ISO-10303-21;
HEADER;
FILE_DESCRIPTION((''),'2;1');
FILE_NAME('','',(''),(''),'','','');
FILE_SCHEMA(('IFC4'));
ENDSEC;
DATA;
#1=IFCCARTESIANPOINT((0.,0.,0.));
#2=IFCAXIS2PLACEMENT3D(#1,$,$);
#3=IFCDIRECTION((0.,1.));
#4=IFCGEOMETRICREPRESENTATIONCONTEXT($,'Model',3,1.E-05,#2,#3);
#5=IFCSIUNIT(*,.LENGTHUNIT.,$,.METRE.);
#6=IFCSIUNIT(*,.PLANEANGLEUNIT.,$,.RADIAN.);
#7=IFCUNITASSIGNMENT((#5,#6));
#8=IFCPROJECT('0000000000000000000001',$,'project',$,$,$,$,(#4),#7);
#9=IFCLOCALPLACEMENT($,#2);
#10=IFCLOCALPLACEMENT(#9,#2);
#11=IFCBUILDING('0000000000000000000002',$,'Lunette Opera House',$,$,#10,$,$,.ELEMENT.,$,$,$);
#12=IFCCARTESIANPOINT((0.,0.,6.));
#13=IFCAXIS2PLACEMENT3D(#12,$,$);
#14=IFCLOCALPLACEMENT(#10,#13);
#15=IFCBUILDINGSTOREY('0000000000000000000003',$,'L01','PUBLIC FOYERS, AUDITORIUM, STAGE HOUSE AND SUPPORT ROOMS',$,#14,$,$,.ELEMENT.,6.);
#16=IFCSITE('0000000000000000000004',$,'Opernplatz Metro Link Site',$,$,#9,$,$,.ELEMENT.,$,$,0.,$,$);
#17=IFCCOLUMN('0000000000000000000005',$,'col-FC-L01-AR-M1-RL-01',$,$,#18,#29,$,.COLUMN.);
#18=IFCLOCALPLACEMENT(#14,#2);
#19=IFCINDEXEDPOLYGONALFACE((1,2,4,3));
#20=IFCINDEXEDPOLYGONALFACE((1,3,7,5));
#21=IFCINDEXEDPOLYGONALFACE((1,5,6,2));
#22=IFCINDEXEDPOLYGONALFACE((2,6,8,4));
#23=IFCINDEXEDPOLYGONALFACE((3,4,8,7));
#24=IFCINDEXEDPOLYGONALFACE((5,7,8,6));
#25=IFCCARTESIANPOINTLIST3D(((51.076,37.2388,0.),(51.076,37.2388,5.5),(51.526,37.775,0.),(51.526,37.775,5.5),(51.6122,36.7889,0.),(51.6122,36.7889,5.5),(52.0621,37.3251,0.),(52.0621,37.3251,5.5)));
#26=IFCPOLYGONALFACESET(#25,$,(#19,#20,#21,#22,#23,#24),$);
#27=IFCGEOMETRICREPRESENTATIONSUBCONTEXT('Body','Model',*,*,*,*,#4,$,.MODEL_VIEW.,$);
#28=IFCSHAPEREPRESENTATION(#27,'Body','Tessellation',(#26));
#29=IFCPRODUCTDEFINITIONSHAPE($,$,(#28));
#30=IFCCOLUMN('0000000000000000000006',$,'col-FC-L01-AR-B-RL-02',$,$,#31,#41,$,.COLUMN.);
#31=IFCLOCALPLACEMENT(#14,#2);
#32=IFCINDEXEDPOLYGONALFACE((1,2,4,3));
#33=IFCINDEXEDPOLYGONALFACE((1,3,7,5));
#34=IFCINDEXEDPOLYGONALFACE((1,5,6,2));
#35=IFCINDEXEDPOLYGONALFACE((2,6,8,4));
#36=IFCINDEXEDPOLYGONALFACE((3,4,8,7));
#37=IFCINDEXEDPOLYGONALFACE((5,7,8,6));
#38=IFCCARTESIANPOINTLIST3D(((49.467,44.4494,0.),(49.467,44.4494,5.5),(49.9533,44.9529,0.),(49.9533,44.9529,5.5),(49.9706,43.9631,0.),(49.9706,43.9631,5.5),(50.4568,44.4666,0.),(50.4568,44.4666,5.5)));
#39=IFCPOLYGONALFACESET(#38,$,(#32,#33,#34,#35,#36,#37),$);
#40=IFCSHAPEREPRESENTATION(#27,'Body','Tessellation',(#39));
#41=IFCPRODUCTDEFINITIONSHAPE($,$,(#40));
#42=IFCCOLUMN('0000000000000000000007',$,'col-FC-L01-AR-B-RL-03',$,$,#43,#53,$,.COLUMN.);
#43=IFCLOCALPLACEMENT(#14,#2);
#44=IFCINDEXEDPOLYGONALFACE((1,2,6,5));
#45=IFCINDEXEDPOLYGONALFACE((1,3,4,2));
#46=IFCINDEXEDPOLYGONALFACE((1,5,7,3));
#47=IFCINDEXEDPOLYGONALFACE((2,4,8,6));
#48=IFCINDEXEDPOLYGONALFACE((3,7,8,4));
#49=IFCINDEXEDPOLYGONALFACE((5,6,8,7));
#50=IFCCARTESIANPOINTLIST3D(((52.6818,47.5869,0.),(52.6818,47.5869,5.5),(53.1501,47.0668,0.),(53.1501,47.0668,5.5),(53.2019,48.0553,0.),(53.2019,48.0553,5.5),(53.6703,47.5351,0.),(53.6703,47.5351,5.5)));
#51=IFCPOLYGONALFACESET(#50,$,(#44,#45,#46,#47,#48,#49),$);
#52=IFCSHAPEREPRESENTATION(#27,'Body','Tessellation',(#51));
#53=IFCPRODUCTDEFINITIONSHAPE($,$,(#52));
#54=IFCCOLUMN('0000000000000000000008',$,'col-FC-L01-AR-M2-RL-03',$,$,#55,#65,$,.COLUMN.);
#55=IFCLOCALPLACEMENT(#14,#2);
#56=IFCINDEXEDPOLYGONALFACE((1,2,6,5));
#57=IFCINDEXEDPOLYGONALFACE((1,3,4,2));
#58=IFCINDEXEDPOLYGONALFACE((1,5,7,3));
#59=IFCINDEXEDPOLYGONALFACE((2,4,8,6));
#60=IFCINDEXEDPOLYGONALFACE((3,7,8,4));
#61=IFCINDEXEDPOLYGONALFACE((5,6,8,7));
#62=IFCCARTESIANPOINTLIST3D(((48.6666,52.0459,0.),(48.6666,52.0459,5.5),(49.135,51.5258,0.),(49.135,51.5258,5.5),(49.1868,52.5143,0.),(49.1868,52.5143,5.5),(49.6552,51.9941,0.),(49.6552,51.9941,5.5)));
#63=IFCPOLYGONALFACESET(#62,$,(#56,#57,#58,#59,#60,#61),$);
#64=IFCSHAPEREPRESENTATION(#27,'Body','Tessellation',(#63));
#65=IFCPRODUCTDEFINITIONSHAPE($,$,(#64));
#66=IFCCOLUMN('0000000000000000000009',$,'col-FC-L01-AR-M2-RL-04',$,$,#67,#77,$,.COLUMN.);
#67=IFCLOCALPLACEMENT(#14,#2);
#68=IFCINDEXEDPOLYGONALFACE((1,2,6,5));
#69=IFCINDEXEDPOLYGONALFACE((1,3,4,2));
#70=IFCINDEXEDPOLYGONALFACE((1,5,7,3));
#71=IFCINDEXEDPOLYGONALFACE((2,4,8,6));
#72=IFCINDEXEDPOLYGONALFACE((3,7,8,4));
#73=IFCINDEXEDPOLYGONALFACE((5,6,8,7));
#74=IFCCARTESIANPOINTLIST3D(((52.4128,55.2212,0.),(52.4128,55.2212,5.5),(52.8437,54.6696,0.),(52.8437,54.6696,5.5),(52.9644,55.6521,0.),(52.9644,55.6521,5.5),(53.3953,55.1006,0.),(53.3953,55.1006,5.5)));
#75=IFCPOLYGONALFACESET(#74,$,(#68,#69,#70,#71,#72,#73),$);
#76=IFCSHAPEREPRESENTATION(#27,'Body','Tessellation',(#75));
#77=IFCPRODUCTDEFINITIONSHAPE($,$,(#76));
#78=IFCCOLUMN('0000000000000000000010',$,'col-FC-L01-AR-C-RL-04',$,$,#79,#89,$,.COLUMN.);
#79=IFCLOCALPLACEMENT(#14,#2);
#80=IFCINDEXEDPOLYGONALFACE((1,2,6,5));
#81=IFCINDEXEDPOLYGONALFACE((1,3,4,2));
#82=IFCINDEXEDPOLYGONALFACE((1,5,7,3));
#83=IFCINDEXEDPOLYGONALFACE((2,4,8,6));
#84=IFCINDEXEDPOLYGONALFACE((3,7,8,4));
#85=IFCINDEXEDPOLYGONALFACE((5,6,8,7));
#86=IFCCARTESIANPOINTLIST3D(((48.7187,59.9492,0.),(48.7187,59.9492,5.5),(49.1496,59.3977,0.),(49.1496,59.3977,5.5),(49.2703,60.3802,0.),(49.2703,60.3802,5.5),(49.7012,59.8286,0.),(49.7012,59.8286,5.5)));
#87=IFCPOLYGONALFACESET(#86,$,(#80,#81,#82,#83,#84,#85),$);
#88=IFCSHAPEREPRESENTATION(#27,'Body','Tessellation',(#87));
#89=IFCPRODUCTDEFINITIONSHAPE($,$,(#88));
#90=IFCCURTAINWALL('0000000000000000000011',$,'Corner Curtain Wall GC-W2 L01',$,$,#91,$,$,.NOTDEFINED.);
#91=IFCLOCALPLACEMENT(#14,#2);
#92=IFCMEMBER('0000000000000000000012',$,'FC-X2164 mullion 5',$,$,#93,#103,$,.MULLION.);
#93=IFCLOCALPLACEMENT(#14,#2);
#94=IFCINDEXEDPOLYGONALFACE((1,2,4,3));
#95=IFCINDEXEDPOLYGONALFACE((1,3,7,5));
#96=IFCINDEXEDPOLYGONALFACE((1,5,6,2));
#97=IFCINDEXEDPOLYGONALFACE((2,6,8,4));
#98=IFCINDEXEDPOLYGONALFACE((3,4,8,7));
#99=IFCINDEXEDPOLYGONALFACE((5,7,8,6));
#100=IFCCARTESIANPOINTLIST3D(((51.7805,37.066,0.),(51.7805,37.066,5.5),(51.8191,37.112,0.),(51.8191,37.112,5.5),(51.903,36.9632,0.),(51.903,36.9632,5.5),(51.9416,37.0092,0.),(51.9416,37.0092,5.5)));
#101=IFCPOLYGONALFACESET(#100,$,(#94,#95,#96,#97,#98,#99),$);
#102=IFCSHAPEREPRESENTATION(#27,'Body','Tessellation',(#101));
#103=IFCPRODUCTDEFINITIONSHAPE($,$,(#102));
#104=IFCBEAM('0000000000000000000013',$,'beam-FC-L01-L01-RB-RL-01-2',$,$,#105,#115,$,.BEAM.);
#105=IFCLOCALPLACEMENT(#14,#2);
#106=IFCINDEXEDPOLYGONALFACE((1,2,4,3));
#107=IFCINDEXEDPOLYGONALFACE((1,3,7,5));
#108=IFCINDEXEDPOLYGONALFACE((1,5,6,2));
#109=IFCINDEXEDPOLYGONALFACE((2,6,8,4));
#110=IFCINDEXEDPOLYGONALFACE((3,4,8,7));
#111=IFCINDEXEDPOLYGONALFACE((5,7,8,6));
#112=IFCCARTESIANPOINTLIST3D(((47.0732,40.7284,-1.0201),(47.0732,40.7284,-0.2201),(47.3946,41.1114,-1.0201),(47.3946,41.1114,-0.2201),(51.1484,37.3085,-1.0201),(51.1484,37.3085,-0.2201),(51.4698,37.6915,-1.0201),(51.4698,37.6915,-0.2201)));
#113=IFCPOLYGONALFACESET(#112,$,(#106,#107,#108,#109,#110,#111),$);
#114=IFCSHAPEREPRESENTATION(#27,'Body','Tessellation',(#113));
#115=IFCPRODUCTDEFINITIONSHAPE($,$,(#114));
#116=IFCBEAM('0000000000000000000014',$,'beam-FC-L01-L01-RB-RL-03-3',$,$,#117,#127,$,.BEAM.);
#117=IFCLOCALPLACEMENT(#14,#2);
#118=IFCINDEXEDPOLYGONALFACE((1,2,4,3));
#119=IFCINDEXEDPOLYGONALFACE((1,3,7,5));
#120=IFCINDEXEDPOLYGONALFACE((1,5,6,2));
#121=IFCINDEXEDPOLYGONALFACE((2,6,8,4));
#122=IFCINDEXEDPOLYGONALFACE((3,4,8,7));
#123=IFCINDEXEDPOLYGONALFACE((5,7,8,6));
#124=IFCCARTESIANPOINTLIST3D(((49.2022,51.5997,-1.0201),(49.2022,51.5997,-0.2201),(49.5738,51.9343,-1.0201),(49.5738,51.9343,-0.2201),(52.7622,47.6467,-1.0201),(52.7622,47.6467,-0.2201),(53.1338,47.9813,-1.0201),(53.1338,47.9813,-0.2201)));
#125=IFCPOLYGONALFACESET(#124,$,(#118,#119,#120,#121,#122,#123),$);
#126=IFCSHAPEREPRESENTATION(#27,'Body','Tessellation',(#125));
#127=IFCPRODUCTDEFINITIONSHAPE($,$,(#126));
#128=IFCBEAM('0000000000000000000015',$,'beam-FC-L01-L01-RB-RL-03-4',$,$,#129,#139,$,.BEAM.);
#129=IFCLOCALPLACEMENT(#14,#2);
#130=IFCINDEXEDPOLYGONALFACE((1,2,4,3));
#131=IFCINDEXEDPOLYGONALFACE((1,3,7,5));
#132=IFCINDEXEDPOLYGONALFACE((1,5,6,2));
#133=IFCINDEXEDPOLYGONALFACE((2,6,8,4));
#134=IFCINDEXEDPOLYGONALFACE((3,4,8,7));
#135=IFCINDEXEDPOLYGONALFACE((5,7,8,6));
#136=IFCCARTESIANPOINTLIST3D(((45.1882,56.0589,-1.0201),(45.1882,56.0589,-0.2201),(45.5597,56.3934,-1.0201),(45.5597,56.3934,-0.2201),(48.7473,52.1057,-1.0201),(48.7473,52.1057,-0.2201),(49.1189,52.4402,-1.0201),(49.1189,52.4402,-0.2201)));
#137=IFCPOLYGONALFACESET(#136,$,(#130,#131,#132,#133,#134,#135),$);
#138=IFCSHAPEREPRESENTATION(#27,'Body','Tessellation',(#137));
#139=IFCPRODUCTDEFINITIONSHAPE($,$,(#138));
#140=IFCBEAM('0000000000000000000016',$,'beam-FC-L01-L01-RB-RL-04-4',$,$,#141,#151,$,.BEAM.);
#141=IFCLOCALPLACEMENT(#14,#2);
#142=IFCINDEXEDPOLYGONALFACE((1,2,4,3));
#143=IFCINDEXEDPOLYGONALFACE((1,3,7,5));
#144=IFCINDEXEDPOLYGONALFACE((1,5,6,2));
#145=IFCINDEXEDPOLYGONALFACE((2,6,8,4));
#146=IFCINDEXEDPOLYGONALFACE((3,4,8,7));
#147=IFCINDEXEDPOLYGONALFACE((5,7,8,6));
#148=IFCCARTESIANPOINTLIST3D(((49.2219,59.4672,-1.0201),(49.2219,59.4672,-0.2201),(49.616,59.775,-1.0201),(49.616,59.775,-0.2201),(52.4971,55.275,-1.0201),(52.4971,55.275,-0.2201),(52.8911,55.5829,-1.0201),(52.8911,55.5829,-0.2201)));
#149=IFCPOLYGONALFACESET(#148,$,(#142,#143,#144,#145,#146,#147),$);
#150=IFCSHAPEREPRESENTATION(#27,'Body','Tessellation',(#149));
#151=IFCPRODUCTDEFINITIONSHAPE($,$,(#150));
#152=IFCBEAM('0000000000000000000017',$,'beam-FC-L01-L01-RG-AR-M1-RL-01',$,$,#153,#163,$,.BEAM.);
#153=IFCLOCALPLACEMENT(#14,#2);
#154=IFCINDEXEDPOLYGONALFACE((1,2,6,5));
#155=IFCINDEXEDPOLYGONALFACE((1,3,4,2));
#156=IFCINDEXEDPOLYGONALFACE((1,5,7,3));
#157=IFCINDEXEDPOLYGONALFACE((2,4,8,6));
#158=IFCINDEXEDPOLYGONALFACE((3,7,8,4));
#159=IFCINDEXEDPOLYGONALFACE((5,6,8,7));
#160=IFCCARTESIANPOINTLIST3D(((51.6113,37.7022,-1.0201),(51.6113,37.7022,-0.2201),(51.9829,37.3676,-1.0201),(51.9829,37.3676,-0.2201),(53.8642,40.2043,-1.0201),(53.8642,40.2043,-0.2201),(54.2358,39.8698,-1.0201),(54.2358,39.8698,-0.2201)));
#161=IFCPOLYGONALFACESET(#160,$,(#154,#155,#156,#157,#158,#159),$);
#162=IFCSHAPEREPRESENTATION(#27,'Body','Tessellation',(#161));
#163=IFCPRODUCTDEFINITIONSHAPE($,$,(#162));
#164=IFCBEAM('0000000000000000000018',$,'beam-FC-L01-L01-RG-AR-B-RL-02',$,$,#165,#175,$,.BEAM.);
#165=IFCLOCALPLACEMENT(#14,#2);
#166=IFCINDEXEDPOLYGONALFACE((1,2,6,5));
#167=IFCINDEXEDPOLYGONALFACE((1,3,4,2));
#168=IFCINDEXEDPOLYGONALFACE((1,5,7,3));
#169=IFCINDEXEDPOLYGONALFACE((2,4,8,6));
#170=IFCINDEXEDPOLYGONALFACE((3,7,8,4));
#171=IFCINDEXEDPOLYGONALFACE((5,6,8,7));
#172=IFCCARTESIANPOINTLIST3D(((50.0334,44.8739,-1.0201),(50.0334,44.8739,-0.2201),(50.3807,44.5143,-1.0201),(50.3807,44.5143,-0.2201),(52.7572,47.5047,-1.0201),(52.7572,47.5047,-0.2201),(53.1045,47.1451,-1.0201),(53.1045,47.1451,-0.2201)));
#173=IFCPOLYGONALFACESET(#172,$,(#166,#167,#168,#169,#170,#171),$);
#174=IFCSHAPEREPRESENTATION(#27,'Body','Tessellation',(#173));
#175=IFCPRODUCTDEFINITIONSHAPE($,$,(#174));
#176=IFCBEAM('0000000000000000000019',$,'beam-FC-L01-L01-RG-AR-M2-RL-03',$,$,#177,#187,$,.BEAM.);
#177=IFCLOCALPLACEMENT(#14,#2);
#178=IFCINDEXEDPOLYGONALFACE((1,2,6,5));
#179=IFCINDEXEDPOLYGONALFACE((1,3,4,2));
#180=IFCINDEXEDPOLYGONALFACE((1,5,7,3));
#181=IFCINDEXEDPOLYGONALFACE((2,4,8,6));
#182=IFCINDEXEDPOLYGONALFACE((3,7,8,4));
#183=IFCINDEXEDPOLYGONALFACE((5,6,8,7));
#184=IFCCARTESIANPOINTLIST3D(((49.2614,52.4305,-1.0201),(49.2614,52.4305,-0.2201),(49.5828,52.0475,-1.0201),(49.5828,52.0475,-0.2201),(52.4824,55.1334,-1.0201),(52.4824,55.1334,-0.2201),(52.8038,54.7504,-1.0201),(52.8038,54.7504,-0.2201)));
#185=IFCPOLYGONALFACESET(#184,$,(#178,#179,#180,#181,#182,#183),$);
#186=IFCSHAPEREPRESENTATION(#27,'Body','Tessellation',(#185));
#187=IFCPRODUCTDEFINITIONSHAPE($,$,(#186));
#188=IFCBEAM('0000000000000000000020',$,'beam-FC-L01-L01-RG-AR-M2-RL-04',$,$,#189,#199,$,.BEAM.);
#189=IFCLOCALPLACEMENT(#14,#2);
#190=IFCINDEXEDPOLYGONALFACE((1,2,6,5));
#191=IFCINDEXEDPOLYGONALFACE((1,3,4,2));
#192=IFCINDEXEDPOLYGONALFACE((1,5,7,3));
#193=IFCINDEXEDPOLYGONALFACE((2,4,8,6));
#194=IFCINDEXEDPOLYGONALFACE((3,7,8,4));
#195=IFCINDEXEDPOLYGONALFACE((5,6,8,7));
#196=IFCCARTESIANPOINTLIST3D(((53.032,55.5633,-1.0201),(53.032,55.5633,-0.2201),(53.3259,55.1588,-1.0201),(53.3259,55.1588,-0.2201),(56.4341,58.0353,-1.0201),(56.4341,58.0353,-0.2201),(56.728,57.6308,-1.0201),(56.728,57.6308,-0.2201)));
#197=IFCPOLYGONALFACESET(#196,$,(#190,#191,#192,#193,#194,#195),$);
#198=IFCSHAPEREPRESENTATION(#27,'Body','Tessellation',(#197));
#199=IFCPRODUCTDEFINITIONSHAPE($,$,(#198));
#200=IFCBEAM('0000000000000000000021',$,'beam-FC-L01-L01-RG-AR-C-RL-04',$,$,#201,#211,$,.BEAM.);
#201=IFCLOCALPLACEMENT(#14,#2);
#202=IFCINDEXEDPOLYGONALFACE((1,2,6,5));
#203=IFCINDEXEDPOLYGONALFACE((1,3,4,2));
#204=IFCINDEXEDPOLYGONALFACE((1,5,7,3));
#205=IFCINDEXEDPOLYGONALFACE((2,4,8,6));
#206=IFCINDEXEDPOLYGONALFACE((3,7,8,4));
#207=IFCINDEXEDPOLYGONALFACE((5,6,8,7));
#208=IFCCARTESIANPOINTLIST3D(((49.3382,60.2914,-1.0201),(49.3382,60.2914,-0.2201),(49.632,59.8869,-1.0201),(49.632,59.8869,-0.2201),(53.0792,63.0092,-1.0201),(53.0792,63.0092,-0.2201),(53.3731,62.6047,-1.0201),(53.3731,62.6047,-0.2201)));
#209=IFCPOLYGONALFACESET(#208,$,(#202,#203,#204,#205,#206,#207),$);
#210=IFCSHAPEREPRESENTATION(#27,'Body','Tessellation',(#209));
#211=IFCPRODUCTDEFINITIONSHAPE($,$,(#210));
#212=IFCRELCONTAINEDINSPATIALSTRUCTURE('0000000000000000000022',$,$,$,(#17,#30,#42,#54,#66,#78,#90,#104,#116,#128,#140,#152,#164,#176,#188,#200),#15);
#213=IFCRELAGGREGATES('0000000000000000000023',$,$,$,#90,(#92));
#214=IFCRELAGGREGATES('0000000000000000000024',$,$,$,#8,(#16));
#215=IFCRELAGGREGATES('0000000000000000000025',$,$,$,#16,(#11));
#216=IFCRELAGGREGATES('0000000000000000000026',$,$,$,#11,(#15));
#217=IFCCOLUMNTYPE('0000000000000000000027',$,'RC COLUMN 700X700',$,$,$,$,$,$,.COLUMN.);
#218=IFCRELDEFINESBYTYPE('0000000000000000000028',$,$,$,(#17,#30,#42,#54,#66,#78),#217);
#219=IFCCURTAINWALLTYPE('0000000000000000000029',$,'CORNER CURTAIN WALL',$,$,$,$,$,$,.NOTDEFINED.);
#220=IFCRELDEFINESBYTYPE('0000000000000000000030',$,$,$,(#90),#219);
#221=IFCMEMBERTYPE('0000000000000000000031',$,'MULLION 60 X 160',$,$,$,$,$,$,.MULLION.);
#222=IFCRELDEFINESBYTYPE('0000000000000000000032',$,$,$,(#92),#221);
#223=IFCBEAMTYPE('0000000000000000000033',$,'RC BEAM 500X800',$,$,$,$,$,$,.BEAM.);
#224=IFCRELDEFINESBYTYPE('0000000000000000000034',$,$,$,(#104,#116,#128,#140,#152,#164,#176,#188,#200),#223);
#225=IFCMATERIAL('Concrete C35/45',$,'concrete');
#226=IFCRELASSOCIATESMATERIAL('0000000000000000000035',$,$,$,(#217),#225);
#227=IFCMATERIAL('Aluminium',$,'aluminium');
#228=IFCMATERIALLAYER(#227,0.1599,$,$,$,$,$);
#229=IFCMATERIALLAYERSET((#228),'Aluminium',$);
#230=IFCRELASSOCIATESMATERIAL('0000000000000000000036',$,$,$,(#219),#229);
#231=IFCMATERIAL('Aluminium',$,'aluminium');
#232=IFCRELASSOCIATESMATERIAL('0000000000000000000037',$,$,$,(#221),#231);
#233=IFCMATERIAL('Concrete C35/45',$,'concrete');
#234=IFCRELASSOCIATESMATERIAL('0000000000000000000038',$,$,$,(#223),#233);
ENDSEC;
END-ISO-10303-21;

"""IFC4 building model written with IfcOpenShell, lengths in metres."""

from ifc_helpers import new_model, si_unit, direction, frame, origin, origin_2d, place, context, subcontext, project, spatial, rectangle, extrude, material, layer, layer_set, material_profile, profile_set, type_object, element, aggregate, save


model = new_model("IFC4")

# Units and contexts
model_context = context("Model", 3, precision=1e-05, world=origin(), true_north=direction((0.0, 1.0)))
body_context = subcontext(model_context, "Body", "Model", "MODEL_VIEW")
ifc_project = project(units=[si_unit("LENGTHUNIT", "METRE"), si_unit("PLANEANGLEUNIT", "RADIAN")], contexts=[model_context])

# Site, building, storey
site_placement = place(None, origin())
site = spatial("IfcSite", under=ifc_project, at=site_placement, Name="Opernplatz Metro Link Site", CompositionType="ELEMENT", RefElevation=0.0)
building_placement = place(site_placement, origin())
building = spatial("IfcBuilding", under=site, at=building_placement, Name="Lunette Opera House", CompositionType="ELEMENT")
storey_placement = place(building_placement, frame((0.0, 0.0, 6.0)))
storey = spatial("IfcBuildingStorey", under=building, at=storey_placement, Name="L01", Description="PUBLIC FOYERS, AUDITORIUM, STAGE HOUSE AND SUPPORT ROOMS", CompositionType="ELEMENT", Elevation=6.0)

# Columns
ifc_material_1 = material(Name="Concrete C35/45", Category="concrete")
ifc_material_profile_1 = material_profile(ifc_material_1, rectangle(XDim=0.7, YDim=0.7, at=origin_2d()), Name="RC COLUMN 700X700")
ifc_profile_set_1 = profile_set([ifc_material_profile_1], Name="Concrete C35/45")
column_type = type_object("IfcColumnType", Name="RC COLUMN 700X700", PredefinedType="COLUMN", material=ifc_profile_set_1)
for number, where, z_axis, x_axis, name in (
    (1, (51.5691, 37.282, 0.0), (0.0, 0.0, 1.0), (0.642788, 0.766044, 0.0), "col-FC-L01-AR-M1-RL-01"),
    (2, (49.9619, 44.458, 0.0), (0.0, 0.0, 1.0), (0.694658, 0.71934, 0.0), "col-FC-L01-AR-B-RL-02"),
    (3, (53.176, 47.561, 0.0), (0.0, 0.0, 1.0), (0.743145, 0.669131, 0.0), "col-FC-L01-AR-B-RL-03"),
    (4, (49.1609, 52.02, 0.0), (0.0, 0.0, 1.0), (0.743145, 0.669131, 0.0), "col-FC-L01-AR-M2-RL-03"),
    (5, (52.9041, 55.1609, 0.0), (0.0, 0.0, 1.0), (0.788011, 0.615661, 0.0), "col-FC-L01-AR-M2-RL-04"),
    (6, (49.21, 59.8889, 0.0), (0.0, 0.0, 1.0), (0.788011, 0.615661, 0.0), "col-FC-L01-AR-C-RL-04"),
):
    element("IfcColumn", number, at=place(storey_placement, frame(where, z_axis=z_axis, x_axis=x_axis)), inside=storey, type_object=column_type, Name=name, PredefinedType="COLUMN", context=body_context, shape_type="SweptSolid", body=[
        extrude(rectangle(XDim=0.7, YDim=0.7, at=origin_2d()), origin(), (0.0, 0.0, 1.0), 5.5),
    ])

# Curtain wall, member
ifc_material_2 = material(Name="Aluminium", Category="aluminium")
ifc_layer_1 = layer(ifc_material_2, 0.1599)
ifc_layer_set_1 = layer_set([ifc_layer_1], Name="Aluminium")
curtain_wall_type = type_object("IfcCurtainWallType", Name="CORNER CURTAIN WALL", PredefinedType="NOTDEFINED", material=ifc_layer_set_1)
curtain_wall_placement = place(storey_placement, origin())
curtain_wall = element("IfcCurtainWall", 7, at=curtain_wall_placement, inside=storey, type_object=curtain_wall_type, Name="Corner Curtain Wall GC-W2 L01", PredefinedType="NOTDEFINED")
ifc_material_3 = material(Name="Aluminium", Category="aluminium")
ifc_material_profile_2 = material_profile(ifc_material_3, rectangle(XDim=0.0601, YDim=0.1599, at=origin_2d()), Name="MULLION 60 X 160")
ifc_profile_set_2 = profile_set([ifc_material_profile_2], Name="Aluminium")
member_type = type_object("IfcMemberType", Name="MULLION 60 X 160", PredefinedType="MULLION", material=ifc_profile_set_2)
member_placement = place(storey_placement, frame((51.8611, 37.0376, 0.0), z_axis=(0.0, 0.0, 1.0), x_axis=(-0.642828, -0.76601, 0.0)))
member = element("IfcMember", 8, at=member_placement, type_object=member_type, Name="FC-X2164 mullion 5", PredefinedType="MULLION", context=body_context, shape_type="SweptSolid", body=[
    extrude(rectangle(XDim=0.0601, YDim=0.1599, at=origin_2d()), origin(), (0.0, 0.0, 1.0), 5.5),
])
aggregate(curtain_wall, [member])

# Beams
ifc_material_4 = material(Name="Concrete C35/45", Category="concrete")
ifc_material_profile_3 = material_profile(ifc_material_4, rectangle(XDim=0.5, YDim=0.8, at=origin_2d()), Name="RC BEAM 500X800")
ifc_profile_set_3 = profile_set([ifc_material_profile_3], Name="Concrete C35/45")
beam_type = type_object("IfcBeamType", Name="RC BEAM 500X800", PredefinedType="BEAM", material=ifc_profile_set_3)
beam_1_placement = place(storey_placement, frame((51.3091, 37.5, -0.6201), z_axis=(-0.766005, 0.642835, 0.0), x_axis=(-0.642835, -0.766005, 0.0)))
element("IfcBeam", 9, at=beam_1_placement, inside=storey, type_object=beam_type, Name="beam-FC-L01-L01-RB-RL-01-2", PredefinedType="BEAM", context=body_context, shape_type="SweptSolid", body=[
    extrude(rectangle(XDim=0.5, YDim=0.8, at=origin_2d()), origin(), (0.0, 0.0, 1.0), 5.3201),
])
beam_2_placement = place(storey_placement, frame((52.948, 47.814, -0.6201), z_axis=(-0.669198, 0.743084, 0.0), x_axis=(-0.743084, -0.669198, 0.0)))
element("IfcBeam", 10, at=beam_2_placement, inside=storey, type_object=beam_type, Name="beam-FC-L01-L01-RB-RL-03-3", PredefinedType="BEAM", context=body_context, shape_type="SweptSolid", body=[
    extrude(rectangle(XDim=0.5, YDim=0.8, at=origin_2d()), origin(), (0.0, 0.0, 1.0), 5.3198),
])
beam_3_placement = place(storey_placement, frame((48.9331, 52.2729, -0.6201), z_axis=(-0.669097, 0.743175, 0.0), x_axis=(-0.743175, -0.669097, 0.0)))
element("IfcBeam", 11, at=beam_3_placement, inside=storey, type_object=beam_type, Name="beam-FC-L01-L01-RB-RL-03-4", PredefinedType="BEAM", context=body_context, shape_type="SweptSolid", body=[
    extrude(rectangle(XDim=0.5, YDim=0.8, at=origin_2d()), origin(), (0.0, 0.0, 1.0), 5.3193),
])
beam_4_placement = place(storey_placement, frame((52.6941, 55.429, -0.6201), z_axis=(-0.615648, 0.788021, 0.0), x_axis=(-0.788021, -0.615648, 0.0)))
element("IfcBeam", 12, at=beam_4_placement, inside=storey, type_object=beam_type, Name="beam-FC-L01-L01-RB-RL-04-4", PredefinedType="BEAM", context=body_context, shape_type="SweptSolid", body=[
    extrude(rectangle(XDim=0.5, YDim=0.8, at=origin_2d()), origin(), (0.0, 0.0, 1.0), 5.3198),
])
beam_5_placement = place(storey_placement, frame((51.7971, 37.5349, -0.6201), z_axis=(0.669121, 0.743154, 0.0), x_axis=(-0.743154, 0.669121, 0.0)))
element("IfcBeam", 13, at=beam_5_placement, inside=storey, type_object=beam_type, Name="beam-FC-L01-L01-RG-AR-M1-RL-01", PredefinedType="BEAM", context=body_context, shape_type="SweptSolid", body=[
    extrude(rectangle(XDim=0.5, YDim=0.8, at=origin_2d()), origin(), (0.0, 0.0, 1.0), 3.3669),
])
beam_6_placement = place(storey_placement, frame((50.207, 44.6941, -0.6201), z_axis=(0.719281, 0.694719, 0.0), x_axis=(-0.694719, 0.719281, 0.0)))
element("IfcBeam", 14, at=beam_6_placement, inside=storey, type_object=beam_type, Name="beam-FC-L01-L01-RG-AR-B-RL-02", PredefinedType="BEAM", context=body_context, shape_type="SweptSolid", body=[
    extrude(rectangle(XDim=0.5, YDim=0.8, at=origin_2d()), origin(), (0.0, 0.0, 1.0), 3.7869),
])
beam_7_placement = place(storey_placement, frame((49.4221, 52.239, -0.6201), z_axis=(0.766023, 0.642813, 0.0), x_axis=(-0.642813, 0.766023, 0.0)))
element("IfcBeam", 15, at=beam_7_placement, inside=storey, type_object=beam_type, Name="beam-FC-L01-L01-RG-AR-M2-RL-03", PredefinedType="BEAM", context=body_context, shape_type="SweptSolid", body=[
    extrude(rectangle(XDim=0.5, YDim=0.8, at=origin_2d()), origin(), (0.0, 0.0, 1.0), 4.2048),
])
beam_8_placement = place(storey_placement, frame((53.179, 55.3611, -0.6201), z_axis=(0.809, 0.587809, 0.0), x_axis=(-0.587809, 0.809, 0.0)))
element("IfcBeam", 16, at=beam_8_placement, inside=storey, type_object=beam_type, Name="beam-FC-L01-L01-RG-AR-M2-RL-04", PredefinedType="BEAM", context=body_context, shape_type="SweptSolid", body=[
    extrude(rectangle(XDim=0.5, YDim=0.8, at=origin_2d()), origin(), (0.0, 0.0, 1.0), 4.2053),
])
beam_9_placement = place(storey_placement, frame((49.4851, 60.0891, -0.6201), z_axis=(0.809037, 0.587757, 0.0), x_axis=(-0.587757, 0.809037, 0.0)))
element("IfcBeam", 17, at=beam_9_placement, inside=storey, type_object=beam_type, Name="beam-FC-L01-L01-RG-AR-C-RL-04", PredefinedType="BEAM", context=body_context, shape_type="SweptSolid", body=[
    extrude(rectangle(XDim=0.5, YDim=0.8, at=origin_2d()), origin(), (0.0, 0.0, 1.0), 4.624),
])

save(model, "model.ifc")
